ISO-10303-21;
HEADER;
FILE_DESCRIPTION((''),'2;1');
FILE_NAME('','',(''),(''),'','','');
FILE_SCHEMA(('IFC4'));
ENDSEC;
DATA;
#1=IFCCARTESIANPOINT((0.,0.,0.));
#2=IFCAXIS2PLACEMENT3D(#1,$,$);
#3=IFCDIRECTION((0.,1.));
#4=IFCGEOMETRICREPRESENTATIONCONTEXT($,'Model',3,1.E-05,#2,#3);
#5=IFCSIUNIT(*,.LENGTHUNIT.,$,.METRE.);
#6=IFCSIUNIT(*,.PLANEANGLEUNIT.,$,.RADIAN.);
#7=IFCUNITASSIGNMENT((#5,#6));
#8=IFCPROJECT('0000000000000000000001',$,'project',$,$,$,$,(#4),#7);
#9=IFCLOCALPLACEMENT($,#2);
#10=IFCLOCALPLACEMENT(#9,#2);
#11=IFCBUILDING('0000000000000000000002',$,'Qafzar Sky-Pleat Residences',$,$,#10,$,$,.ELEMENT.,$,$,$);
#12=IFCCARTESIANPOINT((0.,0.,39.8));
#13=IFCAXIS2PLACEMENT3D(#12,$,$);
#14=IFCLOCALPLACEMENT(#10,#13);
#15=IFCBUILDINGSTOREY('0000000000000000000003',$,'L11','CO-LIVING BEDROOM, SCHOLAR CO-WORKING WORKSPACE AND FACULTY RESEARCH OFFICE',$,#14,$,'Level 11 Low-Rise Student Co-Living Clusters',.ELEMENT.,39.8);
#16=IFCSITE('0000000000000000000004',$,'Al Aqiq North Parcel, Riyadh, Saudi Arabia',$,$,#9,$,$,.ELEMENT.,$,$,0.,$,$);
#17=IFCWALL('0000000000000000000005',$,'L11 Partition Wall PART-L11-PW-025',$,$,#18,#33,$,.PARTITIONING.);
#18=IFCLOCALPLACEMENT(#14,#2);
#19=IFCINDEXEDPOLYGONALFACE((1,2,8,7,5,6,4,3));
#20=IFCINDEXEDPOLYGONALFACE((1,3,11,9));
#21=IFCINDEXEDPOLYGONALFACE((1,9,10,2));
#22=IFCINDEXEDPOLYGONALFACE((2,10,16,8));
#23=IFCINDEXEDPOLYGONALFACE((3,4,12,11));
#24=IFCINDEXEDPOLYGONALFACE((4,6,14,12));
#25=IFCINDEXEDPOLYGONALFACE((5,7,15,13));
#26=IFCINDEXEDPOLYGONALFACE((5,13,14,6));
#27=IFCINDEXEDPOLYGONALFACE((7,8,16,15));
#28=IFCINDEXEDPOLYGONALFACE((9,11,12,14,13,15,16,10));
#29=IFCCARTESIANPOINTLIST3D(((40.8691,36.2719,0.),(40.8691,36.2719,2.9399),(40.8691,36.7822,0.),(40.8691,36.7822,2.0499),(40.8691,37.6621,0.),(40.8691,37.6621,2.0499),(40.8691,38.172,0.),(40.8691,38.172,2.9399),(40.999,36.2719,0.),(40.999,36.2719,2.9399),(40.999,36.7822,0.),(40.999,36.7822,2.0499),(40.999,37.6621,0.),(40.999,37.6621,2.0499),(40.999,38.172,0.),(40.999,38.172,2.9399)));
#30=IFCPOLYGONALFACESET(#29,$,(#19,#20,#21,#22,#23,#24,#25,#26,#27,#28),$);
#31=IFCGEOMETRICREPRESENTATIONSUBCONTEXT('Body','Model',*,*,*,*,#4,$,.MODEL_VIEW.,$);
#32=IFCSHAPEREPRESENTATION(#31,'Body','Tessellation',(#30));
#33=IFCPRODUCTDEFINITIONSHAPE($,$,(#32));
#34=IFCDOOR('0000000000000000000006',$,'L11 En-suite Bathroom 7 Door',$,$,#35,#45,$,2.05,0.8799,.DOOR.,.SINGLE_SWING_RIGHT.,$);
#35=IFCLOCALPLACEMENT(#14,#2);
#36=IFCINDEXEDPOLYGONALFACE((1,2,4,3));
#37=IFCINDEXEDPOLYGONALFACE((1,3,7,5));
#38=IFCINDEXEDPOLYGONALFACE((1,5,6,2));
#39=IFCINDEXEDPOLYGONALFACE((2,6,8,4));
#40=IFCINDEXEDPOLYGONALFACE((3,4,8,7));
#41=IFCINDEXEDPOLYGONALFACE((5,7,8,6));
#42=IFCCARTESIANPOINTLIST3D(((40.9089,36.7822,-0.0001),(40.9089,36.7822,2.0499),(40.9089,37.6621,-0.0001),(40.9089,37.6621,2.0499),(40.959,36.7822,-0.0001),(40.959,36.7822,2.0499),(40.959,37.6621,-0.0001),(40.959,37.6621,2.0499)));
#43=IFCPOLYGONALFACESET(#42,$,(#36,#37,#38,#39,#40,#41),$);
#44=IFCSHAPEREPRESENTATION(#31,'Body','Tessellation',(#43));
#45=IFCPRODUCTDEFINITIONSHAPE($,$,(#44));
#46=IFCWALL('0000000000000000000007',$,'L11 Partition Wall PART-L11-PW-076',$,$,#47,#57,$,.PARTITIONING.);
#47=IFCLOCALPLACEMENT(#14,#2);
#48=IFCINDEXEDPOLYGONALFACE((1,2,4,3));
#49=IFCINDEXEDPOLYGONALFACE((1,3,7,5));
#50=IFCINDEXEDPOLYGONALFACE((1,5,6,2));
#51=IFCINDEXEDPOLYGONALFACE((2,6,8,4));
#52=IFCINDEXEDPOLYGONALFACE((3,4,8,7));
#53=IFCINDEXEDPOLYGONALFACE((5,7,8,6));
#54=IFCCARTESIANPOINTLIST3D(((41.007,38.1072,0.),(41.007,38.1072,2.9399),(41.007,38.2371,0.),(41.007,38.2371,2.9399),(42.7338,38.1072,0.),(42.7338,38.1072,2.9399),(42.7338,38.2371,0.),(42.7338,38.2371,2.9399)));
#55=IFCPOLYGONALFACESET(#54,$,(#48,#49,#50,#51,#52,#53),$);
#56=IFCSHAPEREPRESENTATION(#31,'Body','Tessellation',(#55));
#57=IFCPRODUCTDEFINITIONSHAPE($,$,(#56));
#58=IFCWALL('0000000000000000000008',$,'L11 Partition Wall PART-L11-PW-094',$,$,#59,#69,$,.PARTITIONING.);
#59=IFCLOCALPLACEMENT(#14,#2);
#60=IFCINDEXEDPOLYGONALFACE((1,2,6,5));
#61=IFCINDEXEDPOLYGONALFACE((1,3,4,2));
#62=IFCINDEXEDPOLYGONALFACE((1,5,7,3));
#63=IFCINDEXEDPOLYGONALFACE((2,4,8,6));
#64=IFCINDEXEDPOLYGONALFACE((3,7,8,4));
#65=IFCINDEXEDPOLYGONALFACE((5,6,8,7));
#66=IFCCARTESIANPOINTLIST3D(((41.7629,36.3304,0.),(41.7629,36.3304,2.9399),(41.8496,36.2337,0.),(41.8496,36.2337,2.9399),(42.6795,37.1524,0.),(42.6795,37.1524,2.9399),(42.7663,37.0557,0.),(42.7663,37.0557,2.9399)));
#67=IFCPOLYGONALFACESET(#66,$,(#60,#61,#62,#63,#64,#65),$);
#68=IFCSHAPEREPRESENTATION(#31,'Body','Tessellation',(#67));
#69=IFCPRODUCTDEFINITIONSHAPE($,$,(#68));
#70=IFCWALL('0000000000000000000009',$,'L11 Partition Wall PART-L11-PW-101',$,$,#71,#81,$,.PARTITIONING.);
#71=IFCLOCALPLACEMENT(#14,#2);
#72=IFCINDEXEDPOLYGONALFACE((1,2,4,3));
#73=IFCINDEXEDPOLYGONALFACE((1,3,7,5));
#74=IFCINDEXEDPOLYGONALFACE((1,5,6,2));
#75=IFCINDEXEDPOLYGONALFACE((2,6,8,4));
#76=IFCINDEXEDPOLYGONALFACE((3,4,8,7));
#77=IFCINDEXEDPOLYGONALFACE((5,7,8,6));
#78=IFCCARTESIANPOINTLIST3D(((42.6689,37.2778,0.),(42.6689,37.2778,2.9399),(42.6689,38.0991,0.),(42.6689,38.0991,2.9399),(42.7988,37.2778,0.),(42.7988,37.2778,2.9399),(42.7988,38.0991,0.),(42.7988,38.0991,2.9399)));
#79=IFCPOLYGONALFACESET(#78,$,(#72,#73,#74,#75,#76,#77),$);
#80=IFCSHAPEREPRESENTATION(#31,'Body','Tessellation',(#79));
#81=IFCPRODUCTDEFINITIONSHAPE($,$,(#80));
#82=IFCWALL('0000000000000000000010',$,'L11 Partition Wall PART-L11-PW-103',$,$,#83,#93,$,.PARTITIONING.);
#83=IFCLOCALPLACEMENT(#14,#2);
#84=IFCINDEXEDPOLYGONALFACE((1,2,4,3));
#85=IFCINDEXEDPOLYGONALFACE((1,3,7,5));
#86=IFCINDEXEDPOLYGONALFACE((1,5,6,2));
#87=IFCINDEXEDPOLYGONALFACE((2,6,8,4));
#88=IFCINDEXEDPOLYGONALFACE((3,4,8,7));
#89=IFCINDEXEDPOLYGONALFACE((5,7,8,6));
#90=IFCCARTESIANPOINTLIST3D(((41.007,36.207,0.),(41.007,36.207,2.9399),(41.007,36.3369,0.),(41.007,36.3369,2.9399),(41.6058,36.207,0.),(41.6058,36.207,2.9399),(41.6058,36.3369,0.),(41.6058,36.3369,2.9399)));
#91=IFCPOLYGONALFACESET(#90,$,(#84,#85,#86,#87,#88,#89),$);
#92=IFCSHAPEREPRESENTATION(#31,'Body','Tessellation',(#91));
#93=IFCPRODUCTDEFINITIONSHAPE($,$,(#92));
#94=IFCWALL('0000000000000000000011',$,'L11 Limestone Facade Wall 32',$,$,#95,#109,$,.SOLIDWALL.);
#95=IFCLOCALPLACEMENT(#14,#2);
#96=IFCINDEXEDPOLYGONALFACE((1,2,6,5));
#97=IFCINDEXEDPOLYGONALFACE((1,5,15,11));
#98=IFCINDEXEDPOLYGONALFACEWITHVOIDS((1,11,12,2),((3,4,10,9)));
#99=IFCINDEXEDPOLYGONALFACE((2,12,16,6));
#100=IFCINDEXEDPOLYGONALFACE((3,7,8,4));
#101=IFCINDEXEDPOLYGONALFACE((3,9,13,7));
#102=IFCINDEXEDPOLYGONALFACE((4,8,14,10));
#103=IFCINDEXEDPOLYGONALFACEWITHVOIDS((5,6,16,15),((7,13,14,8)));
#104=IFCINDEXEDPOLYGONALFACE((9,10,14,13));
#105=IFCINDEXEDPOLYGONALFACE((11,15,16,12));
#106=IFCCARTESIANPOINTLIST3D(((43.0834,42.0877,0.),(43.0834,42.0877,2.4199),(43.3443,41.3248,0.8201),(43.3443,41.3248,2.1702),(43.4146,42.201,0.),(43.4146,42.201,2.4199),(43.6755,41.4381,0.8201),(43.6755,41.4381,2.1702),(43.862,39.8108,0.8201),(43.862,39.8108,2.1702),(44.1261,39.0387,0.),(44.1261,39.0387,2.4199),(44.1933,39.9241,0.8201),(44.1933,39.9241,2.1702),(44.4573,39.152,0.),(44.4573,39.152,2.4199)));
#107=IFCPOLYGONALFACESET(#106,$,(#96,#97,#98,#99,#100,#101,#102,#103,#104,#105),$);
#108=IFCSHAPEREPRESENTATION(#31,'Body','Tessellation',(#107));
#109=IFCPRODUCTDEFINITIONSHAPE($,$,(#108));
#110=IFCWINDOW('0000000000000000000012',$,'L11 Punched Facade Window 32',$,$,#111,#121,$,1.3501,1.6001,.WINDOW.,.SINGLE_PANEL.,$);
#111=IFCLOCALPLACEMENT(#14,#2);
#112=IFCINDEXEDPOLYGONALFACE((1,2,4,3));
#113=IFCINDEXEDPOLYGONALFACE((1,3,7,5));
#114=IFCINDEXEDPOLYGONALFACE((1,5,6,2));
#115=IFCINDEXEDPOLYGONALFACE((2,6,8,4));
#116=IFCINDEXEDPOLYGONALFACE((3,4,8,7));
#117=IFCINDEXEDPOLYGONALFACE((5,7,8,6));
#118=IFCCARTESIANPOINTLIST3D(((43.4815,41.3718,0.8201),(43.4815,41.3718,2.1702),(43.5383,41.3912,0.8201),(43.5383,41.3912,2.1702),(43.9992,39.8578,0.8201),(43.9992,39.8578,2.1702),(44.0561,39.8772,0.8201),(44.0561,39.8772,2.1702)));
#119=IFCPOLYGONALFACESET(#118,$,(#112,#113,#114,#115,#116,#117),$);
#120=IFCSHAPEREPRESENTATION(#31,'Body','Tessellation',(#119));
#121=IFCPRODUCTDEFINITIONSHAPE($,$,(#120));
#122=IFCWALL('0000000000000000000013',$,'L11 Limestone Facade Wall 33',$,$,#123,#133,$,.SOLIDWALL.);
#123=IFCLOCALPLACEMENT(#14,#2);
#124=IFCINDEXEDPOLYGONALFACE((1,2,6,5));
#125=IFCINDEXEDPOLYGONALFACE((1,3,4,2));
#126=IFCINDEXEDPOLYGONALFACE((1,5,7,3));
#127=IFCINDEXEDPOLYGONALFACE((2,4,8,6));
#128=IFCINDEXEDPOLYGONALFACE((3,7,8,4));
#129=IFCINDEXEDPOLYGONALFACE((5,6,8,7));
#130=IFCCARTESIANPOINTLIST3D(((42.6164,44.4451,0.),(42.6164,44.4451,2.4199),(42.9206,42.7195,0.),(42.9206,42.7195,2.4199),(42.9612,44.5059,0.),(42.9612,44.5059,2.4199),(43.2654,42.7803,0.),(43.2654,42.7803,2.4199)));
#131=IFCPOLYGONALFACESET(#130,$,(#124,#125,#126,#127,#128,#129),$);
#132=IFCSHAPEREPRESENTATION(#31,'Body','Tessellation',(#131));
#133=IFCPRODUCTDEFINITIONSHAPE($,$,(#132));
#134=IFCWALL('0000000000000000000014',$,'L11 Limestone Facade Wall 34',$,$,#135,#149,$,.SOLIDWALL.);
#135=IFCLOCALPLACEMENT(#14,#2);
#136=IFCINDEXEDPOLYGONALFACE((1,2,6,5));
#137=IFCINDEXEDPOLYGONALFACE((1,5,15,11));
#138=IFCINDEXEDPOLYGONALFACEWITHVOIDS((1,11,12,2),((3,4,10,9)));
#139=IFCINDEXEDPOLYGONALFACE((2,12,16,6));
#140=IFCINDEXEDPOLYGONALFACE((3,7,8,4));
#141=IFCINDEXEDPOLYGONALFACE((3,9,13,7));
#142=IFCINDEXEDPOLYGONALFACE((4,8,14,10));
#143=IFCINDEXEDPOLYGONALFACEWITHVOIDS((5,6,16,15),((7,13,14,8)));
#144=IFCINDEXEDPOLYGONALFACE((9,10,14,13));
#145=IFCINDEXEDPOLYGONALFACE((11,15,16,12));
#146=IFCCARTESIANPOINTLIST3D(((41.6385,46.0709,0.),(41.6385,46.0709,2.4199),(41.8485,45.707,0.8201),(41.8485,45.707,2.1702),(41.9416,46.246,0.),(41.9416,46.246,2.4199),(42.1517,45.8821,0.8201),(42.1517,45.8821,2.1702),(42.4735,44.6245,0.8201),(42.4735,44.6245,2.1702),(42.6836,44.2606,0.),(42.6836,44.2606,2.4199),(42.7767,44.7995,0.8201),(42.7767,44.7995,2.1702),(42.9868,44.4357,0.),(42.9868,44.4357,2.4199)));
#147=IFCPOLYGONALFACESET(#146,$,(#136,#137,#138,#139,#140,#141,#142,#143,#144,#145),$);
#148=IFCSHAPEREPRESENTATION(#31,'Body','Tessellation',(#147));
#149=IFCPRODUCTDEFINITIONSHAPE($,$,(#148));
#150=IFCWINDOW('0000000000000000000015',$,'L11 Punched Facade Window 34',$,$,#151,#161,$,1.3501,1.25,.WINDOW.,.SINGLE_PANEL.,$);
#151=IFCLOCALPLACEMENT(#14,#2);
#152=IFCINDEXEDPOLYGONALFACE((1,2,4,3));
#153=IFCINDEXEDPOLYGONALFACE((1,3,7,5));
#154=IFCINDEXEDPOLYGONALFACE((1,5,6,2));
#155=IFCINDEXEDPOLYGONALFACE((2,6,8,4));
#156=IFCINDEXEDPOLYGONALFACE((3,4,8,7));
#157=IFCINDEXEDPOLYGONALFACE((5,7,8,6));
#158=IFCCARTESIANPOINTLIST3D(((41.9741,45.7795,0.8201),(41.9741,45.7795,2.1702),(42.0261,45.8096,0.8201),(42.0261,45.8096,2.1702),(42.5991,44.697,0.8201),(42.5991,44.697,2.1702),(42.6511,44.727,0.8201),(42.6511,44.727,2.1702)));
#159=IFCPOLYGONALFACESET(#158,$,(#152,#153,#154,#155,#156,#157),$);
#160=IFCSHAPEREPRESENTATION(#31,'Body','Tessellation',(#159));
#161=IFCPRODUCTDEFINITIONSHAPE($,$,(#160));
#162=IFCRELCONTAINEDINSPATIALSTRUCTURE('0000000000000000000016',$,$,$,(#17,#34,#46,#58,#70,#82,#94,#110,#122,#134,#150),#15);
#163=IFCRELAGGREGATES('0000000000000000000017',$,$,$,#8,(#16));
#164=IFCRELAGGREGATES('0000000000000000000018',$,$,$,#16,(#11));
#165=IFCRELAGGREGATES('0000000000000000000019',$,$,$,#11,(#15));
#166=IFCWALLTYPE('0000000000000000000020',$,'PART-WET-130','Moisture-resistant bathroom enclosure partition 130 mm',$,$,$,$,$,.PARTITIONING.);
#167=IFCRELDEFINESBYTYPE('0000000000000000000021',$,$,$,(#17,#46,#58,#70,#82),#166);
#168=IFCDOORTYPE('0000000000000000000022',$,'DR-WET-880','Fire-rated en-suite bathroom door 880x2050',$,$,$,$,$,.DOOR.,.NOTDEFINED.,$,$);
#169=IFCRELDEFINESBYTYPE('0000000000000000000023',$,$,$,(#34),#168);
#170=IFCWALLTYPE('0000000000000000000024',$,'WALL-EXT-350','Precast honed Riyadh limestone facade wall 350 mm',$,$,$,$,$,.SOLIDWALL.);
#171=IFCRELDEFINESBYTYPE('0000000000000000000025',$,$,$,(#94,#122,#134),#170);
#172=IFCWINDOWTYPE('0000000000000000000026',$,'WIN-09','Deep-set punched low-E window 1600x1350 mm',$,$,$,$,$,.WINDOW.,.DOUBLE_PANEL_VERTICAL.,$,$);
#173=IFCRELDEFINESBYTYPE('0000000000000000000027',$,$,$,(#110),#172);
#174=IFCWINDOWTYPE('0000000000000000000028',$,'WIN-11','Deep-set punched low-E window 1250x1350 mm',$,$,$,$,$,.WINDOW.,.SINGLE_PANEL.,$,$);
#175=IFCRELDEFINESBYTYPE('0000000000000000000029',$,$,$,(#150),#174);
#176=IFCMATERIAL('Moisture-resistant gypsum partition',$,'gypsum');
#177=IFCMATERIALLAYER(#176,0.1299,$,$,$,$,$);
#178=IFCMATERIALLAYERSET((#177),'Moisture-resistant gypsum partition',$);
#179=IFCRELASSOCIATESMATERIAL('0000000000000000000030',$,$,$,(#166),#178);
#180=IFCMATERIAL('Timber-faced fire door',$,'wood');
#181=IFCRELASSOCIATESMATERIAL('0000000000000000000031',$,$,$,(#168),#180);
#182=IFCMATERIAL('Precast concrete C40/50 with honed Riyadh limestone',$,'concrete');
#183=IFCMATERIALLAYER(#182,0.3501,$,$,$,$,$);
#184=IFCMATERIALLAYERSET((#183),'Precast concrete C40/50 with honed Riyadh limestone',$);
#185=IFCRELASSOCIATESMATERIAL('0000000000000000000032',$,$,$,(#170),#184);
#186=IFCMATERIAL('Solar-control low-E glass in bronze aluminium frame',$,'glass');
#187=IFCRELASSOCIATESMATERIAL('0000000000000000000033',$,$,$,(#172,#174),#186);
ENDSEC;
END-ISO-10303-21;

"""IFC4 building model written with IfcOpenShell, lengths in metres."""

from ifc_helpers import new_model, si_unit, direction, frame, frame_2d, origin, place, context, subcontext, project, spatial, rectangle, extrude, source, transform, mapped, material, layer, layer_set, type_object, element, fill, save


model = new_model("IFC4")

# Units and contexts
model_context = context("Model", 3, precision=1e-05, world=origin(), true_north=direction((0.0, 1.0)))
body_context = subcontext(model_context, "Body", "Model", "MODEL_VIEW")
ifc_project = project(units=[si_unit("LENGTHUNIT", "METRE"), si_unit("PLANEANGLEUNIT", "RADIAN")], contexts=[model_context])

# Site, building, storey
site_placement = place(None, origin())
site = spatial("IfcSite", under=ifc_project, at=site_placement, Name="Al Aqiq North Parcel, Riyadh, Saudi Arabia", CompositionType="ELEMENT", RefElevation=0.0)
building_placement = place(site_placement, origin())
building = spatial("IfcBuilding", under=site, at=building_placement, Name="Qafzar Sky-Pleat Residences", CompositionType="ELEMENT")
storey_placement = place(building_placement, frame((0.0, 0.0, 39.8)))
storey = spatial("IfcBuildingStorey", under=building, at=storey_placement, Name="L11", Description="CO-LIVING BEDROOM, SCHOLAR CO-WORKING WORKSPACE AND FACULTY RESEARCH OFFICE", LongName="Level 11 Low-Rise Student Co-Living Clusters", CompositionType="ELEMENT", Elevation=39.8)

# Shared definitions
ifc_material_1 = material(Name="Timber-faced fire door", Category="wood")

# Wall, opening, door
ifc_material_2 = material(Name="Moisture-resistant gypsum partition", Category="gypsum")
ifc_layer_1 = layer(ifc_material_2, 0.1299)
ifc_layer_set_1 = layer_set([ifc_layer_1], Name="Moisture-resistant gypsum partition")
wall_type_1 = type_object("IfcWallType", Name="PART-WET-130", Description="Moisture-resistant bathroom enclosure partition 130 mm", PredefinedType="PARTITIONING", material=ifc_layer_set_1)
wall_1_placement = place(storey_placement, frame((40.9341, 38.1721, 0.0), z_axis=(0.0, 0.0, 1.0), x_axis=(0.0, -1.0, 0.0)))
wall_1 = element("IfcWall", 1, at=wall_1_placement, inside=storey, type_object=wall_type_1, Name="L11 Partition Wall PART-L11-PW-025", PredefinedType="PARTITIONING", context=body_context, shape_type="SweptSolid", body=[
    extrude(rectangle(XDim=1.9001, YDim=0.1299, at=frame_2d((0.9502, 0.0))), origin(), (0.0, 0.0, 1.0), 2.9399),
])
opening_1_placement = place(wall_1_placement, frame((0.51, 0.0, 0.0)))
opening_1 = element("IfcOpeningElement", 2, at=opening_1_placement, cuts=wall_1, PredefinedType="OPENING", context=body_context, shape_type="SweptSolid", body=[
    extrude(rectangle(XDim=0.8799, YDim=2.05, at=frame_2d((0.4399, 1.0249))), frame((0.0, 0.075, 0.0), z_axis=(0.0, -1.0, 0.0), x_axis=(1.0, 0.0, 0.0)), (0.0, 0.0, 1.0), 0.1499),
])
door_type_1 = type_object("IfcDoorType", Name="DR-WET-880", Description="Fire-rated en-suite bathroom door 880x2050", OperationType="NOTDEFINED", PredefinedType="DOOR", material=ifc_material_1)
shared_shape_1 = source(origin(), body_context, "Body", "SweptSolid", [
    extrude(rectangle(XDim=0.8799, YDim=2.05, at=frame_2d((0.4399, 1.0249))), frame((0.0, 0.0249, 0.0), z_axis=(0.0, -1.0, 0.0), x_axis=(1.0, 0.0, 0.0)), (0.0, 0.0, 1.0), 0.05),
])
door_1_placement = place(opening_1_placement, origin())
door_1 = element("IfcDoor", 3, at=door_1_placement, inside=storey, type_object=door_type_1, Name="L11 En-suite Bathroom 7 Door", OperationType="SINGLE_SWING_RIGHT", OverallHeight=2.05, OverallWidth=0.8799, PredefinedType="DOOR", context=body_context, shape_type="MappedRepresentation", body=[
    mapped(shared_shape_1, transform((0.0, 0.0, 0.0), x_axis=(1.0, 0.0, 0.0), y_axis=(0.0, 1.0, 0.0), z_axis=(0.0, 0.0, 1.0), scale=1.0)),
])
fill(opening_1, door_1)

# Walls
wall_2_placement = place(storey_placement, frame((41.0071, 38.1721, 0.0), z_axis=(0.0, 0.0, 1.0), x_axis=(1.0, 0.0, 0.0)))
element("IfcWall", 4, at=wall_2_placement, inside=storey, type_object=wall_type_1, Name="L11 Partition Wall PART-L11-PW-076", PredefinedType="PARTITIONING", context=body_context, shape_type="SweptSolid", body=[
    extrude(rectangle(XDim=1.7268, YDim=0.1299, at=frame_2d((0.8633, 0.0))), origin(), (0.0, 0.0, 1.0), 2.9399),
])
wall_3_placement = place(storey_placement, frame((41.8062, 36.282, 0.0), z_axis=(0.0, 0.0, 1.0), x_axis=(0.744525, 0.667594, 0.0)))
element("IfcWall", 5, at=wall_3_placement, inside=storey, type_object=wall_type_1, Name="L11 Partition Wall PART-L11-PW-094", PredefinedType="PARTITIONING", context=body_context, shape_type="SweptSolid", body=[
    extrude(rectangle(XDim=1.2312, YDim=0.1299, at=frame_2d((0.6157, 0.0))), origin(), (0.0, 0.0, 1.0), 2.9399),
])
wall_4_placement = place(storey_placement, frame((42.7339, 37.2778, 0.0), z_axis=(0.0, 0.0, 1.0), x_axis=(0.0, 1.0, 0.0)))
element("IfcWall", 6, at=wall_4_placement, inside=storey, type_object=wall_type_1, Name="L11 Partition Wall PART-L11-PW-101", PredefinedType="PARTITIONING", context=body_context, shape_type="SweptSolid", body=[
    extrude(rectangle(XDim=0.8213, YDim=0.1299, at=frame_2d((0.4106, 0.0))), origin(), (0.0, 0.0, 1.0), 2.9399),
])
wall_5_placement = place(storey_placement, frame((41.0071, 36.272, 0.0), z_axis=(0.0, 0.0, 1.0), x_axis=(1.0, 0.0, 0.0)))
element("IfcWall", 7, at=wall_5_placement, inside=storey, type_object=wall_type_1, Name="L11 Partition Wall PART-L11-PW-103", PredefinedType="PARTITIONING", context=body_context, shape_type="SweptSolid", body=[
    extrude(rectangle(XDim=0.5989, YDim=0.1299, at=frame_2d((0.2993, 0.0))), origin(), (0.0, 0.0, 1.0), 2.9399),
])

# Wall, opening, window
ifc_material_3 = material(Name="Precast concrete C40/50 with honed Riyadh limestone", Category="concrete")
ifc_layer_2 = layer(ifc_material_3, 0.3501)
ifc_layer_set_2 = layer_set([ifc_layer_2], Name="Precast concrete C40/50 with honed Riyadh limestone")
wall_type_2 = type_object("IfcWallType", Name="WALL-EXT-350", Description="Precast honed Riyadh limestone facade wall 350 mm", PredefinedType="SOLIDWALL", material=ifc_layer_set_2)
wall_6_placement = place(storey_placement, frame((44.2917, 39.0952, 0.0), z_axis=(0.0, 0.0, 1.0), x_axis=(-0.323582, 0.9462, 0.0)))
wall_6 = element("IfcWall", 8, at=wall_6_placement, inside=storey, type_object=wall_type_2, Name="L11 Limestone Facade Wall 32", PredefinedType="SOLIDWALL", context=body_context, shape_type="SweptSolid", body=[
    extrude(rectangle(XDim=3.2224, YDim=0.3501, at=frame_2d((1.6113, 0.0))), origin(), (0.0, 0.0, 1.0), 2.4199),
])
opening_2_placement = place(wall_6_placement, frame((0.8162, 0.0, 0.8201)))
opening_2 = element("IfcOpeningElement", 9, at=opening_2_placement, cuts=wall_6, PredefinedType="OPENING", context=body_context, shape_type="SweptSolid", body=[
    extrude(rectangle(XDim=1.6001, YDim=1.3501, at=frame_2d((0.8, 0.675))), frame((0.0, 0.1851, 0.0), z_axis=(0.0, -1.0, 0.0), x_axis=(1.0, 0.0, 0.0)), (0.0, 0.0, 1.0), 0.3701),
])
ifc_material_4 = material(Name="Solar-control low-E glass in bronze aluminium frame", Category="glass")
window_type_1 = type_object("IfcWindowType", Name="WIN-09", Description="Deep-set punched low-E window 1600x1350 mm", PartitioningType="DOUBLE_PANEL_VERTICAL", PredefinedType="WINDOW", material=ifc_material_4)
shared_shape_2 = source(origin(), body_context, "Body", "SweptSolid", [
    extrude(rectangle(XDim=1.6001, YDim=1.3501, at=frame_2d((0.8, 0.675))), frame((0.0, 0.03, 0.0), z_axis=(0.0, -1.0, 0.0), x_axis=(1.0, 0.0, 0.0)), (0.0, 0.0, 1.0), 0.0601),
])
window_1_placement = place(opening_2_placement, origin())
window_1 = element("IfcWindow", 10, at=window_1_placement, inside=storey, type_object=window_type_1, Name="L11 Punched Facade Window 32", OverallHeight=1.3501, OverallWidth=1.6001, PartitioningType="SINGLE_PANEL", PredefinedType="WINDOW", context=body_context, shape_type="MappedRepresentation", body=[
    mapped(shared_shape_2, transform((0.0, 0.0, 0.0), x_axis=(1.0, 0.0, 0.0), y_axis=(0.0, 1.0, 0.0), z_axis=(0.0, 0.0, 1.0), scale=1.0)),
])
fill(opening_2, window_1)

# Wall
wall_7_placement = place(storey_placement, frame((43.093, 42.75, 0.0), z_axis=(0.0, 0.0, 1.0), x_axis=(-0.17361, 0.984814, 0.0)))
element("IfcWall", 11, at=wall_7_placement, inside=storey, type_object=wall_type_2, Name="L11 Limestone Facade Wall 33", PredefinedType="SOLIDWALL", context=body_context, shape_type="SweptSolid", body=[
    extrude(rectangle(XDim=1.7522, YDim=0.3501, at=frame_2d((0.876, 0.0))), origin(), (0.0, 0.0, 1.0), 2.4199),
])

# Wall, opening, window
wall_8_placement = place(storey_placement, frame((42.8352, 44.3481, 0.0), z_axis=(0.0, 0.0, 1.0), x_axis=(-0.499995, 0.866028, 0.0)))
wall_8 = element("IfcWall", 12, at=wall_8_placement, inside=storey, type_object=wall_type_2, Name="L11 Limestone Facade Wall 34", PredefinedType="SOLIDWALL", context=body_context, shape_type="SweptSolid", body=[
    extrude(rectangle(XDim=2.0903, YDim=0.3501, at=frame_2d((1.0452, 0.0))), origin(), (0.0, 0.0, 1.0), 2.4199),
])
opening_3_placement = place(wall_8_placement, frame((0.4202, 0.0, 0.8201)))
opening_3 = element("IfcOpeningElement", 13, at=opening_3_placement, cuts=wall_8, PredefinedType="OPENING", context=body_context, shape_type="SweptSolid", body=[
    extrude(rectangle(XDim=1.25, YDim=1.3501, at=frame_2d((0.625, 0.675))), frame((0.0, 0.1851, 0.0), z_axis=(0.0, -1.0, 0.0), x_axis=(1.0, 0.0, 0.0)), (0.0, 0.0, 1.0), 0.3701),
])
window_type_2 = type_object("IfcWindowType", Name="WIN-11", Description="Deep-set punched low-E window 1250x1350 mm", PartitioningType="SINGLE_PANEL", PredefinedType="WINDOW", material=ifc_material_4)
shared_shape_3 = source(origin(), body_context, "Body", "SweptSolid", [
    extrude(rectangle(XDim=1.25, YDim=1.3501, at=frame_2d((0.625, 0.675))), frame((0.0, 0.03, 0.0), z_axis=(0.0, -1.0, 0.0), x_axis=(1.0, 0.0, 0.0)), (0.0, 0.0, 1.0), 0.0601),
])
window_2_placement = place(opening_3_placement, origin())
window_2 = element("IfcWindow", 14, at=window_2_placement, inside=storey, type_object=window_type_2, Name="L11 Punched Facade Window 34", OverallHeight=1.3501, OverallWidth=1.25, PartitioningType="SINGLE_PANEL", PredefinedType="WINDOW", context=body_context, shape_type="MappedRepresentation", body=[
    mapped(shared_shape_3, transform((0.0, 0.0, 0.0), x_axis=(1.0, 0.0, 0.0), y_axis=(0.0, 1.0, 0.0), z_axis=(0.0, 0.0, 1.0), scale=1.0)),
])
fill(opening_3, window_2)

save(model, "model.ifc")
